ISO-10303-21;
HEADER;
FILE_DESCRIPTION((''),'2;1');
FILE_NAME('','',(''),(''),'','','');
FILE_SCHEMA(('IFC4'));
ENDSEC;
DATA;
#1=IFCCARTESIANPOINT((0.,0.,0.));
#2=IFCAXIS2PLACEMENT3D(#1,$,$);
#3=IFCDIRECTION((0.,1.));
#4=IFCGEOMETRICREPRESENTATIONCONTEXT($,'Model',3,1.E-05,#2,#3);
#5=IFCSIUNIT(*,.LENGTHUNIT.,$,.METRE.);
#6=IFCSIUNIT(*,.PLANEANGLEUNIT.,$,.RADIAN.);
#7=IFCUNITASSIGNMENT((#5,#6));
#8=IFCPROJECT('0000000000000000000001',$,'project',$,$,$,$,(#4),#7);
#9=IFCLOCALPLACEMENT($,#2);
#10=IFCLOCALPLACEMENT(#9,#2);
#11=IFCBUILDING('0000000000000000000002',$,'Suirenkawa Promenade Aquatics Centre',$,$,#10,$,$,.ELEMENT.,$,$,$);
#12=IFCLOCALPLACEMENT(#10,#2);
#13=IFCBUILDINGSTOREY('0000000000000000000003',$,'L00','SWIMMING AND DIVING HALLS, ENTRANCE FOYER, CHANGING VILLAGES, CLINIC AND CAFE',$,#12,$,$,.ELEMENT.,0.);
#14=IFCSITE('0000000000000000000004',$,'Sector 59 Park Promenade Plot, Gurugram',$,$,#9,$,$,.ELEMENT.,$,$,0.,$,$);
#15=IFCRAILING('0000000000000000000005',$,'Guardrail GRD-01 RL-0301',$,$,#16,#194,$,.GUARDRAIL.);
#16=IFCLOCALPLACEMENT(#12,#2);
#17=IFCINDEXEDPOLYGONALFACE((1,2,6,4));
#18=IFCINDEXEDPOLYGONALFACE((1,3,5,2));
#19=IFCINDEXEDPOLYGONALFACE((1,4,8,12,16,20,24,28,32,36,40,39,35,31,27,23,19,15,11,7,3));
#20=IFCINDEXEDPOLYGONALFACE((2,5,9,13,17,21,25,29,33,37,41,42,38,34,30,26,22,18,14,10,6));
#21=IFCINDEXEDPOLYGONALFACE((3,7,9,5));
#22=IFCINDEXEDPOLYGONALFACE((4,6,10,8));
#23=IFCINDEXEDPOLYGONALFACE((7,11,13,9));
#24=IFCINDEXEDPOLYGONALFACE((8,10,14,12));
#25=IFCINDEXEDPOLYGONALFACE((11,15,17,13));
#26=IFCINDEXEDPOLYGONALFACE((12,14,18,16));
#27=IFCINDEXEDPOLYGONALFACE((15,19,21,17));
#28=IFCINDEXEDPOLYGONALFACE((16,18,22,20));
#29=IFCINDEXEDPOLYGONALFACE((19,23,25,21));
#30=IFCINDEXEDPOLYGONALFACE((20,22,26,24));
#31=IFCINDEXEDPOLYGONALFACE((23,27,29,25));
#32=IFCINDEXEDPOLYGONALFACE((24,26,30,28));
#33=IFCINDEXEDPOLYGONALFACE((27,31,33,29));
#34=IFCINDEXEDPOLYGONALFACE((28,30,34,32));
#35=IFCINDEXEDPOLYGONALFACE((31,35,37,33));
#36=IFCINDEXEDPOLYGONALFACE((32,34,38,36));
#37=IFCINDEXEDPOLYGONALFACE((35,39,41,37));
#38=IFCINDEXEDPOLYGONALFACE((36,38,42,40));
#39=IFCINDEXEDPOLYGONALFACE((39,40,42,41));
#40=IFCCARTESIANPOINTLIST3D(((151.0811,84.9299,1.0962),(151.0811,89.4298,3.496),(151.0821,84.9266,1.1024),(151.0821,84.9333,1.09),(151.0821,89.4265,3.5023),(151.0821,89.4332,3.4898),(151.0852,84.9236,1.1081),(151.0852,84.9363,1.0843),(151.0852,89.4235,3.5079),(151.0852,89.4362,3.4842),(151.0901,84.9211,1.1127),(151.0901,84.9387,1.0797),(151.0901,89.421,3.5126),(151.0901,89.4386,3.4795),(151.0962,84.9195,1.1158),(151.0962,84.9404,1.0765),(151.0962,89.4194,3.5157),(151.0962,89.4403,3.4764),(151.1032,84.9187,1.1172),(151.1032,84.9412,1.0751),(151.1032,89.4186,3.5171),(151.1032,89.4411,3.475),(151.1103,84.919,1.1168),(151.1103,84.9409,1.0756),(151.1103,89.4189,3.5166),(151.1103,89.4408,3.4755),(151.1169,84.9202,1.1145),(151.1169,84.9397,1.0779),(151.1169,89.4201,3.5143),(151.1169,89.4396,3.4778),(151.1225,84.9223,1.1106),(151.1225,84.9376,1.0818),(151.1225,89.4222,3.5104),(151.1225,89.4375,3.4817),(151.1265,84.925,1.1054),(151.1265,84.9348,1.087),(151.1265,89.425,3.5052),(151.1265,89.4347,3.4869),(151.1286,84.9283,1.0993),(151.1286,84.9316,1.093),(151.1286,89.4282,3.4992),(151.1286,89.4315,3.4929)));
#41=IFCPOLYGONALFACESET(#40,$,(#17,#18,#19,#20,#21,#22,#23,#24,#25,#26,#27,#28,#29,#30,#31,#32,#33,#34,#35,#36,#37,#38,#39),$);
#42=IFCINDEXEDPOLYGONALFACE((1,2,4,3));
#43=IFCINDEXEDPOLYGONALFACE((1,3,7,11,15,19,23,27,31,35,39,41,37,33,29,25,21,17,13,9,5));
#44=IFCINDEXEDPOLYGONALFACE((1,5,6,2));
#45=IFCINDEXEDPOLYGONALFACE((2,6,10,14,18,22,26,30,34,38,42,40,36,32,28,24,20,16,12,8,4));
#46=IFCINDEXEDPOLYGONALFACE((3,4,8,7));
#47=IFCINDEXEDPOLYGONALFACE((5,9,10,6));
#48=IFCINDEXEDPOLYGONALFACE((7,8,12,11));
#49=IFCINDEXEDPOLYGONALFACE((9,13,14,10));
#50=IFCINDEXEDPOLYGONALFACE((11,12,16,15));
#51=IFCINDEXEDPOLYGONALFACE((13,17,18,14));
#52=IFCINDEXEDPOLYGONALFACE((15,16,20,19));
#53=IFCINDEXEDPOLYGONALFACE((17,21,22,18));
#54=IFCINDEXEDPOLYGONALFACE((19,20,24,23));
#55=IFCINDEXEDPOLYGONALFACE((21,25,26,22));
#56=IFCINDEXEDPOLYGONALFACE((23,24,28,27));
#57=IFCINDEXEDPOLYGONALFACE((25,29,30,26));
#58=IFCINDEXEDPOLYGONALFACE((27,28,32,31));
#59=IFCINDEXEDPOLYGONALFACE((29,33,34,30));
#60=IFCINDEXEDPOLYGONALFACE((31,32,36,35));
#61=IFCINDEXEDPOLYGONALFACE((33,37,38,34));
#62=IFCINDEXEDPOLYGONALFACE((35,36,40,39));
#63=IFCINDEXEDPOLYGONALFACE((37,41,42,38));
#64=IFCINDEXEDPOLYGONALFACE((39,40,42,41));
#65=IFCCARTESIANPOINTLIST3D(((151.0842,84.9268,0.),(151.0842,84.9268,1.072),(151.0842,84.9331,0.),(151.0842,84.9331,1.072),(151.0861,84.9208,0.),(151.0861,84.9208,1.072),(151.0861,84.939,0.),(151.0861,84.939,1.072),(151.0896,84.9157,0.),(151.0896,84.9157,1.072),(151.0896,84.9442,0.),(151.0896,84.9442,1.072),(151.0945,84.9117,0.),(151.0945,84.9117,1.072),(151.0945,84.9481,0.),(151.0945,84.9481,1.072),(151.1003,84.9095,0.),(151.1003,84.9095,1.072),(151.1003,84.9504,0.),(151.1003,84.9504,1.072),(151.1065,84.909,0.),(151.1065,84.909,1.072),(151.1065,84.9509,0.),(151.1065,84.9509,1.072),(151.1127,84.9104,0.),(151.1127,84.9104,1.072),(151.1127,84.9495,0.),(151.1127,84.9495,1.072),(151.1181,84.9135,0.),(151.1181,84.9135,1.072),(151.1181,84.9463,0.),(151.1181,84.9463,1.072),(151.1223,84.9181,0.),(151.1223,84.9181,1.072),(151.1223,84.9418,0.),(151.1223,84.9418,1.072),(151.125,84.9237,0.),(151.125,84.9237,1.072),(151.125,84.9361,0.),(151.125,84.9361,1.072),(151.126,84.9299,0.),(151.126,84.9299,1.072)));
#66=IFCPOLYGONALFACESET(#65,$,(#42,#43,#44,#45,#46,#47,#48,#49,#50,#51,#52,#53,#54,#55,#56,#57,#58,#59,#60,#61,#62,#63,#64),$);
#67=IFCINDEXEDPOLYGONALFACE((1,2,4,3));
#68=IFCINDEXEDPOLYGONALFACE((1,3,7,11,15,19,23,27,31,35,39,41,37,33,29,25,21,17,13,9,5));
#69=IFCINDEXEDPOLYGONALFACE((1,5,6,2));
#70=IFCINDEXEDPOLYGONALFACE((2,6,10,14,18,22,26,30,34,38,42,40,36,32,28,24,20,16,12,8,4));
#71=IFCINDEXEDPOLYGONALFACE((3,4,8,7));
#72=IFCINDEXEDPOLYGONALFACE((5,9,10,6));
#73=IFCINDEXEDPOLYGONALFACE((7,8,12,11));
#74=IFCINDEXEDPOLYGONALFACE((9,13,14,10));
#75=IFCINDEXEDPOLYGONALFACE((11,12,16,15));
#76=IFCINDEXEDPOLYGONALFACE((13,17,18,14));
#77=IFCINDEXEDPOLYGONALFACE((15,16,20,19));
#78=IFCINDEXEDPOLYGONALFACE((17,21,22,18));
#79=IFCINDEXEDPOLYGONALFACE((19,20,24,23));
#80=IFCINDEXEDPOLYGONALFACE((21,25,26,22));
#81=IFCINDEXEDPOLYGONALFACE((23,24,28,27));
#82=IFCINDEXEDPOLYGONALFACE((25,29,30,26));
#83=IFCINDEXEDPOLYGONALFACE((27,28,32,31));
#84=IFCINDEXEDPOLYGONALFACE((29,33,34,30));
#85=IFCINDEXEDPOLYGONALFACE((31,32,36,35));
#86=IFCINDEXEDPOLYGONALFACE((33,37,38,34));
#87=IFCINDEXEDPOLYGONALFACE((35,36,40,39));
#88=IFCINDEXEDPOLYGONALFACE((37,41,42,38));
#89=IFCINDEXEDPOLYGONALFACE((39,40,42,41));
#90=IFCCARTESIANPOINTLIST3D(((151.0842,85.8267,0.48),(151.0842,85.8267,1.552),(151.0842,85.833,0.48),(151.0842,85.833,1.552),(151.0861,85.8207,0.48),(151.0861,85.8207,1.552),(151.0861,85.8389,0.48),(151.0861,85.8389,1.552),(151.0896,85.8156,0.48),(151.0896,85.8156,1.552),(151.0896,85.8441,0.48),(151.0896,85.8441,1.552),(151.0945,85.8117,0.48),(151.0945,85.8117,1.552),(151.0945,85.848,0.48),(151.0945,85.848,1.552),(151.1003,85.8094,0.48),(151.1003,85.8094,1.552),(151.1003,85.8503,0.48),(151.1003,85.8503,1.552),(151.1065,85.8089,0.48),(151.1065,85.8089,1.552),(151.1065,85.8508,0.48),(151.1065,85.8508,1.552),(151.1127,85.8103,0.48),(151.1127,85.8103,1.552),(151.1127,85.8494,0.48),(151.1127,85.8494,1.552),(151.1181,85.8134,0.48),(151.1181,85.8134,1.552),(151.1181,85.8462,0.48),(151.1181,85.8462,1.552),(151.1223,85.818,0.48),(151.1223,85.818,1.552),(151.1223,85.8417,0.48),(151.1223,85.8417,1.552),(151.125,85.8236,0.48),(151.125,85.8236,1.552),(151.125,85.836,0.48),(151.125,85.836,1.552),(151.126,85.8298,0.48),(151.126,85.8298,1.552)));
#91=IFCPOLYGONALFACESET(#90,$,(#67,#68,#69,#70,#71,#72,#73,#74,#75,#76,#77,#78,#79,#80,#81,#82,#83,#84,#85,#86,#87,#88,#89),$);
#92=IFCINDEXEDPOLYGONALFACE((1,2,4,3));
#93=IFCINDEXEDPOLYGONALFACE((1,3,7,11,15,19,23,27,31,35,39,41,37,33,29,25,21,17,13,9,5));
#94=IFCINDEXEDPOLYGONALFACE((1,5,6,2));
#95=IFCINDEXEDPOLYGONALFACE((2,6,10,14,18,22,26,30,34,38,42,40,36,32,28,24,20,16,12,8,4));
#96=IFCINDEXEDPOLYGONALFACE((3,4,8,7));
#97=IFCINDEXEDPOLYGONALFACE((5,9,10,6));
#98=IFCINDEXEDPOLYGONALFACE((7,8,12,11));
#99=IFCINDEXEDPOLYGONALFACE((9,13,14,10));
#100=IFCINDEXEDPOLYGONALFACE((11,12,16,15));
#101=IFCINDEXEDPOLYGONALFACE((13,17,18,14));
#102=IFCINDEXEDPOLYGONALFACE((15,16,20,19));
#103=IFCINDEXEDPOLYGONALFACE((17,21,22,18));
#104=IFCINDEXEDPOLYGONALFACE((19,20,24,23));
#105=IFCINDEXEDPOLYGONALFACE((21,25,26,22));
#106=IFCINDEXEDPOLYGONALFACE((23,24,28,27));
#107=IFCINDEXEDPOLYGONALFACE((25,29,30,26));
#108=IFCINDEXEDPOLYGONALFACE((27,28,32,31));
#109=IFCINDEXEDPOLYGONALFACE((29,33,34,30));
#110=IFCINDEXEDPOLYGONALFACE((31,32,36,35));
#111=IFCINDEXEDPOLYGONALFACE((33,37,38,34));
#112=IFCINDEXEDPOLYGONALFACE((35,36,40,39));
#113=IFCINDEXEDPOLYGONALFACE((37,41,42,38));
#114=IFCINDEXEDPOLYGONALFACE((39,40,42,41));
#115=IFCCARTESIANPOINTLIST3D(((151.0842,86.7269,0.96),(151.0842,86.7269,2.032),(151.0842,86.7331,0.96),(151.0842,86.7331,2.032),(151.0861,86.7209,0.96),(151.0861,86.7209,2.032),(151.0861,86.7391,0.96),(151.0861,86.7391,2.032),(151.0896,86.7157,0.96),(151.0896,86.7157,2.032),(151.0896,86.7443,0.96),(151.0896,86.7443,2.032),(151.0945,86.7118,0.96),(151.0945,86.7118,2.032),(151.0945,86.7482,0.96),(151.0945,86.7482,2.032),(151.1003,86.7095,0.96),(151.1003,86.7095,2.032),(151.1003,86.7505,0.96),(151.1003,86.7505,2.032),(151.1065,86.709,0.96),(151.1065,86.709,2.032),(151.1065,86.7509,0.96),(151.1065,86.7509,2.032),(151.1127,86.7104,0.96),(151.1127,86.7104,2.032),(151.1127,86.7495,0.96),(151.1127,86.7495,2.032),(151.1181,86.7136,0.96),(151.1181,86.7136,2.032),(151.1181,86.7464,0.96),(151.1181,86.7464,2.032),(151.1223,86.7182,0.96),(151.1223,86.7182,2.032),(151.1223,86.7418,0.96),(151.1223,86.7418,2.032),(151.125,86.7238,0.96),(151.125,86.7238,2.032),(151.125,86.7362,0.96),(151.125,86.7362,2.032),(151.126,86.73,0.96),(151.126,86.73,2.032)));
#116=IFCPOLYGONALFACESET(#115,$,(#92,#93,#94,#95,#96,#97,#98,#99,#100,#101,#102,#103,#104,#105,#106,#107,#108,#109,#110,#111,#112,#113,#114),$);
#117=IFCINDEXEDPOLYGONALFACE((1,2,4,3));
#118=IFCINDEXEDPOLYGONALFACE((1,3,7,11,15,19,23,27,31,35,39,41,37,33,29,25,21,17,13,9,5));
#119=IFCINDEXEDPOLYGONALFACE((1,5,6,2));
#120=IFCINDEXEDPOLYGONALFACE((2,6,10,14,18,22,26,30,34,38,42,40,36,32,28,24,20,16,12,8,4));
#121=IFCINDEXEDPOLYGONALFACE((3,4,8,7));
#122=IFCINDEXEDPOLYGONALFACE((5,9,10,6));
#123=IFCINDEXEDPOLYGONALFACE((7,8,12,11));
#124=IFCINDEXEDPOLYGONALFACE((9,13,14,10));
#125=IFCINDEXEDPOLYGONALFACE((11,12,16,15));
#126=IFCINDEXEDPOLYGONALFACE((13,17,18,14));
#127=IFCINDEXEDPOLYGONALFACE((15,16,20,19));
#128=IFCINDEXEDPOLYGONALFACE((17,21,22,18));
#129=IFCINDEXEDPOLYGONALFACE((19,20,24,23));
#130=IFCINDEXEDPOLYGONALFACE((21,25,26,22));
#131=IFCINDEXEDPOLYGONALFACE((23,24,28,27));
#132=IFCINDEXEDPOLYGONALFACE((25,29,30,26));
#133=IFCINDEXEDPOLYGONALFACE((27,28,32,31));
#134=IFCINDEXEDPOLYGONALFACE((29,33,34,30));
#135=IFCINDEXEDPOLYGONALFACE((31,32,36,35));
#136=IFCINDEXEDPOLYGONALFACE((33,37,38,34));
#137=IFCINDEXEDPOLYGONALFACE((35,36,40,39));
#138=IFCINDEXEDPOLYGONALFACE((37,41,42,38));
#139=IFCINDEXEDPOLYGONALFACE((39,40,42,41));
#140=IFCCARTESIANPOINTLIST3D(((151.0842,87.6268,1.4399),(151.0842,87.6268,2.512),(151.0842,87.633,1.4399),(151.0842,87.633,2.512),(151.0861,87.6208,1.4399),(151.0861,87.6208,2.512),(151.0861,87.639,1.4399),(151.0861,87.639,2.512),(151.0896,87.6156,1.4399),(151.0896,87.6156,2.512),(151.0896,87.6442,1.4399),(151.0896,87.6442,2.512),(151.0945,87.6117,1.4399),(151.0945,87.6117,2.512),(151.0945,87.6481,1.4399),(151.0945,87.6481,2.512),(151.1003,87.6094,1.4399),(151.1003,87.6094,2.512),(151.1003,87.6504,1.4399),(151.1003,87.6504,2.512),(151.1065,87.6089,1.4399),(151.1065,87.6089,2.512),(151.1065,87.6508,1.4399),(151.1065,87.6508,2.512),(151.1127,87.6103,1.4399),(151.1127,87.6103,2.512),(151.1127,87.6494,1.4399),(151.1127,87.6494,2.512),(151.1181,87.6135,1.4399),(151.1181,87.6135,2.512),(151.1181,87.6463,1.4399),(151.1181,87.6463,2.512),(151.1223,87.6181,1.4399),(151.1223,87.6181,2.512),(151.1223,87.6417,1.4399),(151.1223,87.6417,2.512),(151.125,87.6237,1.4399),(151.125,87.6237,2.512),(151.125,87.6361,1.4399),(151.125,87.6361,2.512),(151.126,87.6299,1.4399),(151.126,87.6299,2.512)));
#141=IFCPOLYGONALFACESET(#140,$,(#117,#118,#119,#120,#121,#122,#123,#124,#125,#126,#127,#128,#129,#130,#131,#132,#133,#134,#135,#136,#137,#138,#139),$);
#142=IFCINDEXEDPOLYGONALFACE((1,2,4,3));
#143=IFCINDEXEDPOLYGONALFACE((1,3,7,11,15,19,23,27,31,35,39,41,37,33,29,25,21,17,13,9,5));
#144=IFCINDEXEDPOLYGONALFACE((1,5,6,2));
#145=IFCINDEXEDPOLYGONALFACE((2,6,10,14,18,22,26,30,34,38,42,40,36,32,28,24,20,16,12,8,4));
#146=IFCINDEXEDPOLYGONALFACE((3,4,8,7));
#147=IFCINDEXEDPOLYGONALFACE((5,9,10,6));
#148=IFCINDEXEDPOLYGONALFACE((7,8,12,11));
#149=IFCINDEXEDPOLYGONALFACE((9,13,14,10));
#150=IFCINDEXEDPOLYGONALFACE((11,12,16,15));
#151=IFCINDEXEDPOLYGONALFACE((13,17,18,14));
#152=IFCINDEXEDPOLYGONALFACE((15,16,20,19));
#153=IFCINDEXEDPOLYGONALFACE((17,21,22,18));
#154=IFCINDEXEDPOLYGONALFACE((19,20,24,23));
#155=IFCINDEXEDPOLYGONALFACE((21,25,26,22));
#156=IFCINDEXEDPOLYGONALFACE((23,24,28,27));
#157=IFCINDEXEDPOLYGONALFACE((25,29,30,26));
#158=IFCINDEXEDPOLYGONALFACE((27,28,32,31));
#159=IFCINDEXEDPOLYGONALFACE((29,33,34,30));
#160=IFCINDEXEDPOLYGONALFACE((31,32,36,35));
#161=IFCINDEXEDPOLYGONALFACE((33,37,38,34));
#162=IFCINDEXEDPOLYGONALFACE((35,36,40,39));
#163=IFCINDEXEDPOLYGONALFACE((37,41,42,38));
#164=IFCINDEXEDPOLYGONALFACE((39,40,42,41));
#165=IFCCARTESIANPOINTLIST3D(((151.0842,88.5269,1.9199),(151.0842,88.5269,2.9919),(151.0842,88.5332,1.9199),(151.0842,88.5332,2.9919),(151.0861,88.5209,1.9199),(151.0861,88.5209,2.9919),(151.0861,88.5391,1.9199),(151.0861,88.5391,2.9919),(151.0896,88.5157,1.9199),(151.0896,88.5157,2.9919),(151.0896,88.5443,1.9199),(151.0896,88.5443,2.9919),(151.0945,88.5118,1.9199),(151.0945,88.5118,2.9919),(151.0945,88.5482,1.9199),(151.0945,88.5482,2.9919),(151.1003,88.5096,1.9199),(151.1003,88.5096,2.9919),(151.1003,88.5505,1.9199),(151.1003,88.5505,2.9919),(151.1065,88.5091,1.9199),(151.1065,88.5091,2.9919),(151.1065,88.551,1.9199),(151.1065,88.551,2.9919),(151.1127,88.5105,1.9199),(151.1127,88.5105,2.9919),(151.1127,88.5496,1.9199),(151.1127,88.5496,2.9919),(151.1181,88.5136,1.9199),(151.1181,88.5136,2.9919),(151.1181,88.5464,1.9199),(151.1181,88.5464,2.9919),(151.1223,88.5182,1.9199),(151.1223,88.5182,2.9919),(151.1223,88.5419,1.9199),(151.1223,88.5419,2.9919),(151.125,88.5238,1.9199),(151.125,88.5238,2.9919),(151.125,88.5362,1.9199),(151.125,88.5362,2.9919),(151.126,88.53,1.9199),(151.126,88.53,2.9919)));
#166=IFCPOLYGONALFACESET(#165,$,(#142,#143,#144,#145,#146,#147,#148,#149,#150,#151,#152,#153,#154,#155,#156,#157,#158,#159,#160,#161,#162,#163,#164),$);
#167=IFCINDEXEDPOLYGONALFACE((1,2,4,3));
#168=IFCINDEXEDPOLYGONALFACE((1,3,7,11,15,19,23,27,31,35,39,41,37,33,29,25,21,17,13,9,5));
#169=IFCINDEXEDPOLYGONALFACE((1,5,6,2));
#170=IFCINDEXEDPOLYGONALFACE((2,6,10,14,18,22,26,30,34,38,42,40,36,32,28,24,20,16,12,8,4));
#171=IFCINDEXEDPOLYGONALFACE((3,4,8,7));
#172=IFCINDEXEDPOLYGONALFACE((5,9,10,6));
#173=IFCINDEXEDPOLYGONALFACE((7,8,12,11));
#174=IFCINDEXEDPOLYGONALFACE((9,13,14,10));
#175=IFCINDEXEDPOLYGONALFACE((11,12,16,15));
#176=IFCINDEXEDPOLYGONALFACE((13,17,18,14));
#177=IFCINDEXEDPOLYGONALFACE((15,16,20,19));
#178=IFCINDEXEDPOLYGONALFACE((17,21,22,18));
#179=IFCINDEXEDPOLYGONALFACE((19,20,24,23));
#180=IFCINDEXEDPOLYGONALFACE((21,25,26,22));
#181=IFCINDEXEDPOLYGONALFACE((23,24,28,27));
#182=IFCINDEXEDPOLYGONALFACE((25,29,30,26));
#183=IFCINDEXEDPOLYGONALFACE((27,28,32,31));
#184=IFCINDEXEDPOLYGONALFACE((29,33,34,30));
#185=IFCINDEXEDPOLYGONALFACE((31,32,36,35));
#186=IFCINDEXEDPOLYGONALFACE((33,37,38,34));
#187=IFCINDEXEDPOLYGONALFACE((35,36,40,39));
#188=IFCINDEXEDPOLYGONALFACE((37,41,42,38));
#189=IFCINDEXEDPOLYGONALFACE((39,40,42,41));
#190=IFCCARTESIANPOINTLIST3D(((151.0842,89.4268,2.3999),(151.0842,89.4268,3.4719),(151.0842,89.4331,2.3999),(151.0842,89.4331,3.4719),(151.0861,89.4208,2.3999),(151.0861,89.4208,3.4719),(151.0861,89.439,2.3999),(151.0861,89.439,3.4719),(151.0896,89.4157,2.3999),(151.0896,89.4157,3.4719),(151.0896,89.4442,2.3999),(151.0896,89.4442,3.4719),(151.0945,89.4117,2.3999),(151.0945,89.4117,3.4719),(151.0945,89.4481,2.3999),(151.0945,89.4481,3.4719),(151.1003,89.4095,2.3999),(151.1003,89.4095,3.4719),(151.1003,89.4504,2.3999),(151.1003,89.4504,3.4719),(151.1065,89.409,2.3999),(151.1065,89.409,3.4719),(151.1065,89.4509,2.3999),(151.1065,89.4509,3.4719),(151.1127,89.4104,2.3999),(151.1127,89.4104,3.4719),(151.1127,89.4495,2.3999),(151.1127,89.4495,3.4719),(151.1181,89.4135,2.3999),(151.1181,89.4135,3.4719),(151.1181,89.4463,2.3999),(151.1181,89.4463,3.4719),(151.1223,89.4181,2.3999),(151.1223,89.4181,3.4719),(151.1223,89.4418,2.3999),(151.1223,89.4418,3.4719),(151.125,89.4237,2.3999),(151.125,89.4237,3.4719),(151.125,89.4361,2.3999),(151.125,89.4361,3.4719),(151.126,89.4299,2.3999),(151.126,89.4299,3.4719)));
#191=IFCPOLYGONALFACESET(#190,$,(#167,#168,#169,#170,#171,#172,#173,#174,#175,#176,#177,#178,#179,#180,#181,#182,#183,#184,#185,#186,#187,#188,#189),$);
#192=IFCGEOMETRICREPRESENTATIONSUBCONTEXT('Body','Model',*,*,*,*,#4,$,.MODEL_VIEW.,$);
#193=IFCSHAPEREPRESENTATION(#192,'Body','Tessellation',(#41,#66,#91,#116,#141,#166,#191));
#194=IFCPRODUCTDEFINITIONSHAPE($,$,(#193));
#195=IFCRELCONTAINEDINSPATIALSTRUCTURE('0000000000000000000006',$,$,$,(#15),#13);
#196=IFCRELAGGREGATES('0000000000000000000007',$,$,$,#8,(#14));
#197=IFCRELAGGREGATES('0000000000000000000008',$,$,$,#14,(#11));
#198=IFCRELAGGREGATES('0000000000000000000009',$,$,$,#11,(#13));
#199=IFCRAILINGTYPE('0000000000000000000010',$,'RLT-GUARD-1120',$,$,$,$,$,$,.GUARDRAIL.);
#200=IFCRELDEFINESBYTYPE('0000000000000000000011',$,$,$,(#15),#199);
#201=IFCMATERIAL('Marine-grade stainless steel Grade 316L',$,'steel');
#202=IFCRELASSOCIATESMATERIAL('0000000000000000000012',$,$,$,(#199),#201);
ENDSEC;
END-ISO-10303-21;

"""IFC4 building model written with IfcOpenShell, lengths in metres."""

from ifc_helpers import new_model, si_unit, direction, frame, origin, origin_2d, place, context, subcontext, project, spatial, circle, extrude, material, type_object, element, save


model = new_model("IFC4")

# Units and contexts
model_context = context("Model", 3, precision=1e-05, world=origin(), true_north=direction((0.0, 1.0)))
body_context = subcontext(model_context, "Body", "Model", "MODEL_VIEW")
ifc_project = project(units=[si_unit("LENGTHUNIT", "METRE"), si_unit("PLANEANGLEUNIT", "RADIAN")], contexts=[model_context])

# Site, building, storey
site_placement = place(None, origin())
site = spatial("IfcSite", under=ifc_project, at=site_placement, Name="Sector 59 Park Promenade Plot, Gurugram", CompositionType="ELEMENT", RefElevation=0.0)
building_placement = place(site_placement, origin())
building = spatial("IfcBuilding", under=site, at=building_placement, Name="Suirenkawa Promenade Aquatics Centre", CompositionType="ELEMENT")
storey_placement = place(building_placement, origin())
storey = spatial("IfcBuildingStorey", under=building, at=storey_placement, Name="L00", Description="SWIMMING AND DIVING HALLS, ENTRANCE FOYER, CHANGING VILLAGES, CLINIC AND CAFE", CompositionType="ELEMENT", Elevation=0.0)

# Railing
ifc_material_1 = material(Name="Marine-grade stainless steel Grade 316L", Category="steel")
railing_type_1 = type_object("IfcRailingType", Name="RLT-GUARD-1120", PredefinedType="GUARDRAIL", material=ifc_material_1)
for number, where, name in (
    (1, (151.105, 84.9299, 0.0), "Guardrail GRD-01 RL-0301"),
):
    element("IfcRailing", number, at=place(storey_placement, frame(where)), inside=storey, type_object=railing_type_1, Name=name, PredefinedType="GUARDRAIL", context=body_context, shape_type="SweptSolid", body=[
        extrude(circle(Radius=0.0239, at=origin_2d()), frame((0.0, 0.0, 1.0962), z_axis=(0.0, 0.882361, 0.470573), x_axis=(-1.0, 0.0, 0.0)), (0.0, 0.0, 1.0), 5.0999),
        extrude(circle(Radius=0.021, at=origin_2d()), origin(), (0.0, 0.0, 1.0), 1.072),
        extrude(circle(Radius=0.021, at=origin_2d()), frame((0.0, 0.8999, 0.48)), (0.0, 0.0, 1.0), 1.072),
        extrude(circle(Radius=0.021, at=origin_2d()), frame((0.0, 1.8, 0.96)), (0.0, 0.0, 1.0), 1.072),
        extrude(circle(Radius=0.021, at=origin_2d()), frame((0.0, 2.7, 1.4399)), (0.0, 0.0, 1.0), 1.072),
        extrude(circle(Radius=0.021, at=origin_2d()), frame((0.0, 3.6001, 1.9199)), (0.0, 0.0, 1.0), 1.072),
        extrude(circle(Radius=0.021, at=origin_2d()), frame((0.0, 4.5, 2.3999)), (0.0, 0.0, 1.0), 1.072),
    ])

save(model, "model.ifc")
